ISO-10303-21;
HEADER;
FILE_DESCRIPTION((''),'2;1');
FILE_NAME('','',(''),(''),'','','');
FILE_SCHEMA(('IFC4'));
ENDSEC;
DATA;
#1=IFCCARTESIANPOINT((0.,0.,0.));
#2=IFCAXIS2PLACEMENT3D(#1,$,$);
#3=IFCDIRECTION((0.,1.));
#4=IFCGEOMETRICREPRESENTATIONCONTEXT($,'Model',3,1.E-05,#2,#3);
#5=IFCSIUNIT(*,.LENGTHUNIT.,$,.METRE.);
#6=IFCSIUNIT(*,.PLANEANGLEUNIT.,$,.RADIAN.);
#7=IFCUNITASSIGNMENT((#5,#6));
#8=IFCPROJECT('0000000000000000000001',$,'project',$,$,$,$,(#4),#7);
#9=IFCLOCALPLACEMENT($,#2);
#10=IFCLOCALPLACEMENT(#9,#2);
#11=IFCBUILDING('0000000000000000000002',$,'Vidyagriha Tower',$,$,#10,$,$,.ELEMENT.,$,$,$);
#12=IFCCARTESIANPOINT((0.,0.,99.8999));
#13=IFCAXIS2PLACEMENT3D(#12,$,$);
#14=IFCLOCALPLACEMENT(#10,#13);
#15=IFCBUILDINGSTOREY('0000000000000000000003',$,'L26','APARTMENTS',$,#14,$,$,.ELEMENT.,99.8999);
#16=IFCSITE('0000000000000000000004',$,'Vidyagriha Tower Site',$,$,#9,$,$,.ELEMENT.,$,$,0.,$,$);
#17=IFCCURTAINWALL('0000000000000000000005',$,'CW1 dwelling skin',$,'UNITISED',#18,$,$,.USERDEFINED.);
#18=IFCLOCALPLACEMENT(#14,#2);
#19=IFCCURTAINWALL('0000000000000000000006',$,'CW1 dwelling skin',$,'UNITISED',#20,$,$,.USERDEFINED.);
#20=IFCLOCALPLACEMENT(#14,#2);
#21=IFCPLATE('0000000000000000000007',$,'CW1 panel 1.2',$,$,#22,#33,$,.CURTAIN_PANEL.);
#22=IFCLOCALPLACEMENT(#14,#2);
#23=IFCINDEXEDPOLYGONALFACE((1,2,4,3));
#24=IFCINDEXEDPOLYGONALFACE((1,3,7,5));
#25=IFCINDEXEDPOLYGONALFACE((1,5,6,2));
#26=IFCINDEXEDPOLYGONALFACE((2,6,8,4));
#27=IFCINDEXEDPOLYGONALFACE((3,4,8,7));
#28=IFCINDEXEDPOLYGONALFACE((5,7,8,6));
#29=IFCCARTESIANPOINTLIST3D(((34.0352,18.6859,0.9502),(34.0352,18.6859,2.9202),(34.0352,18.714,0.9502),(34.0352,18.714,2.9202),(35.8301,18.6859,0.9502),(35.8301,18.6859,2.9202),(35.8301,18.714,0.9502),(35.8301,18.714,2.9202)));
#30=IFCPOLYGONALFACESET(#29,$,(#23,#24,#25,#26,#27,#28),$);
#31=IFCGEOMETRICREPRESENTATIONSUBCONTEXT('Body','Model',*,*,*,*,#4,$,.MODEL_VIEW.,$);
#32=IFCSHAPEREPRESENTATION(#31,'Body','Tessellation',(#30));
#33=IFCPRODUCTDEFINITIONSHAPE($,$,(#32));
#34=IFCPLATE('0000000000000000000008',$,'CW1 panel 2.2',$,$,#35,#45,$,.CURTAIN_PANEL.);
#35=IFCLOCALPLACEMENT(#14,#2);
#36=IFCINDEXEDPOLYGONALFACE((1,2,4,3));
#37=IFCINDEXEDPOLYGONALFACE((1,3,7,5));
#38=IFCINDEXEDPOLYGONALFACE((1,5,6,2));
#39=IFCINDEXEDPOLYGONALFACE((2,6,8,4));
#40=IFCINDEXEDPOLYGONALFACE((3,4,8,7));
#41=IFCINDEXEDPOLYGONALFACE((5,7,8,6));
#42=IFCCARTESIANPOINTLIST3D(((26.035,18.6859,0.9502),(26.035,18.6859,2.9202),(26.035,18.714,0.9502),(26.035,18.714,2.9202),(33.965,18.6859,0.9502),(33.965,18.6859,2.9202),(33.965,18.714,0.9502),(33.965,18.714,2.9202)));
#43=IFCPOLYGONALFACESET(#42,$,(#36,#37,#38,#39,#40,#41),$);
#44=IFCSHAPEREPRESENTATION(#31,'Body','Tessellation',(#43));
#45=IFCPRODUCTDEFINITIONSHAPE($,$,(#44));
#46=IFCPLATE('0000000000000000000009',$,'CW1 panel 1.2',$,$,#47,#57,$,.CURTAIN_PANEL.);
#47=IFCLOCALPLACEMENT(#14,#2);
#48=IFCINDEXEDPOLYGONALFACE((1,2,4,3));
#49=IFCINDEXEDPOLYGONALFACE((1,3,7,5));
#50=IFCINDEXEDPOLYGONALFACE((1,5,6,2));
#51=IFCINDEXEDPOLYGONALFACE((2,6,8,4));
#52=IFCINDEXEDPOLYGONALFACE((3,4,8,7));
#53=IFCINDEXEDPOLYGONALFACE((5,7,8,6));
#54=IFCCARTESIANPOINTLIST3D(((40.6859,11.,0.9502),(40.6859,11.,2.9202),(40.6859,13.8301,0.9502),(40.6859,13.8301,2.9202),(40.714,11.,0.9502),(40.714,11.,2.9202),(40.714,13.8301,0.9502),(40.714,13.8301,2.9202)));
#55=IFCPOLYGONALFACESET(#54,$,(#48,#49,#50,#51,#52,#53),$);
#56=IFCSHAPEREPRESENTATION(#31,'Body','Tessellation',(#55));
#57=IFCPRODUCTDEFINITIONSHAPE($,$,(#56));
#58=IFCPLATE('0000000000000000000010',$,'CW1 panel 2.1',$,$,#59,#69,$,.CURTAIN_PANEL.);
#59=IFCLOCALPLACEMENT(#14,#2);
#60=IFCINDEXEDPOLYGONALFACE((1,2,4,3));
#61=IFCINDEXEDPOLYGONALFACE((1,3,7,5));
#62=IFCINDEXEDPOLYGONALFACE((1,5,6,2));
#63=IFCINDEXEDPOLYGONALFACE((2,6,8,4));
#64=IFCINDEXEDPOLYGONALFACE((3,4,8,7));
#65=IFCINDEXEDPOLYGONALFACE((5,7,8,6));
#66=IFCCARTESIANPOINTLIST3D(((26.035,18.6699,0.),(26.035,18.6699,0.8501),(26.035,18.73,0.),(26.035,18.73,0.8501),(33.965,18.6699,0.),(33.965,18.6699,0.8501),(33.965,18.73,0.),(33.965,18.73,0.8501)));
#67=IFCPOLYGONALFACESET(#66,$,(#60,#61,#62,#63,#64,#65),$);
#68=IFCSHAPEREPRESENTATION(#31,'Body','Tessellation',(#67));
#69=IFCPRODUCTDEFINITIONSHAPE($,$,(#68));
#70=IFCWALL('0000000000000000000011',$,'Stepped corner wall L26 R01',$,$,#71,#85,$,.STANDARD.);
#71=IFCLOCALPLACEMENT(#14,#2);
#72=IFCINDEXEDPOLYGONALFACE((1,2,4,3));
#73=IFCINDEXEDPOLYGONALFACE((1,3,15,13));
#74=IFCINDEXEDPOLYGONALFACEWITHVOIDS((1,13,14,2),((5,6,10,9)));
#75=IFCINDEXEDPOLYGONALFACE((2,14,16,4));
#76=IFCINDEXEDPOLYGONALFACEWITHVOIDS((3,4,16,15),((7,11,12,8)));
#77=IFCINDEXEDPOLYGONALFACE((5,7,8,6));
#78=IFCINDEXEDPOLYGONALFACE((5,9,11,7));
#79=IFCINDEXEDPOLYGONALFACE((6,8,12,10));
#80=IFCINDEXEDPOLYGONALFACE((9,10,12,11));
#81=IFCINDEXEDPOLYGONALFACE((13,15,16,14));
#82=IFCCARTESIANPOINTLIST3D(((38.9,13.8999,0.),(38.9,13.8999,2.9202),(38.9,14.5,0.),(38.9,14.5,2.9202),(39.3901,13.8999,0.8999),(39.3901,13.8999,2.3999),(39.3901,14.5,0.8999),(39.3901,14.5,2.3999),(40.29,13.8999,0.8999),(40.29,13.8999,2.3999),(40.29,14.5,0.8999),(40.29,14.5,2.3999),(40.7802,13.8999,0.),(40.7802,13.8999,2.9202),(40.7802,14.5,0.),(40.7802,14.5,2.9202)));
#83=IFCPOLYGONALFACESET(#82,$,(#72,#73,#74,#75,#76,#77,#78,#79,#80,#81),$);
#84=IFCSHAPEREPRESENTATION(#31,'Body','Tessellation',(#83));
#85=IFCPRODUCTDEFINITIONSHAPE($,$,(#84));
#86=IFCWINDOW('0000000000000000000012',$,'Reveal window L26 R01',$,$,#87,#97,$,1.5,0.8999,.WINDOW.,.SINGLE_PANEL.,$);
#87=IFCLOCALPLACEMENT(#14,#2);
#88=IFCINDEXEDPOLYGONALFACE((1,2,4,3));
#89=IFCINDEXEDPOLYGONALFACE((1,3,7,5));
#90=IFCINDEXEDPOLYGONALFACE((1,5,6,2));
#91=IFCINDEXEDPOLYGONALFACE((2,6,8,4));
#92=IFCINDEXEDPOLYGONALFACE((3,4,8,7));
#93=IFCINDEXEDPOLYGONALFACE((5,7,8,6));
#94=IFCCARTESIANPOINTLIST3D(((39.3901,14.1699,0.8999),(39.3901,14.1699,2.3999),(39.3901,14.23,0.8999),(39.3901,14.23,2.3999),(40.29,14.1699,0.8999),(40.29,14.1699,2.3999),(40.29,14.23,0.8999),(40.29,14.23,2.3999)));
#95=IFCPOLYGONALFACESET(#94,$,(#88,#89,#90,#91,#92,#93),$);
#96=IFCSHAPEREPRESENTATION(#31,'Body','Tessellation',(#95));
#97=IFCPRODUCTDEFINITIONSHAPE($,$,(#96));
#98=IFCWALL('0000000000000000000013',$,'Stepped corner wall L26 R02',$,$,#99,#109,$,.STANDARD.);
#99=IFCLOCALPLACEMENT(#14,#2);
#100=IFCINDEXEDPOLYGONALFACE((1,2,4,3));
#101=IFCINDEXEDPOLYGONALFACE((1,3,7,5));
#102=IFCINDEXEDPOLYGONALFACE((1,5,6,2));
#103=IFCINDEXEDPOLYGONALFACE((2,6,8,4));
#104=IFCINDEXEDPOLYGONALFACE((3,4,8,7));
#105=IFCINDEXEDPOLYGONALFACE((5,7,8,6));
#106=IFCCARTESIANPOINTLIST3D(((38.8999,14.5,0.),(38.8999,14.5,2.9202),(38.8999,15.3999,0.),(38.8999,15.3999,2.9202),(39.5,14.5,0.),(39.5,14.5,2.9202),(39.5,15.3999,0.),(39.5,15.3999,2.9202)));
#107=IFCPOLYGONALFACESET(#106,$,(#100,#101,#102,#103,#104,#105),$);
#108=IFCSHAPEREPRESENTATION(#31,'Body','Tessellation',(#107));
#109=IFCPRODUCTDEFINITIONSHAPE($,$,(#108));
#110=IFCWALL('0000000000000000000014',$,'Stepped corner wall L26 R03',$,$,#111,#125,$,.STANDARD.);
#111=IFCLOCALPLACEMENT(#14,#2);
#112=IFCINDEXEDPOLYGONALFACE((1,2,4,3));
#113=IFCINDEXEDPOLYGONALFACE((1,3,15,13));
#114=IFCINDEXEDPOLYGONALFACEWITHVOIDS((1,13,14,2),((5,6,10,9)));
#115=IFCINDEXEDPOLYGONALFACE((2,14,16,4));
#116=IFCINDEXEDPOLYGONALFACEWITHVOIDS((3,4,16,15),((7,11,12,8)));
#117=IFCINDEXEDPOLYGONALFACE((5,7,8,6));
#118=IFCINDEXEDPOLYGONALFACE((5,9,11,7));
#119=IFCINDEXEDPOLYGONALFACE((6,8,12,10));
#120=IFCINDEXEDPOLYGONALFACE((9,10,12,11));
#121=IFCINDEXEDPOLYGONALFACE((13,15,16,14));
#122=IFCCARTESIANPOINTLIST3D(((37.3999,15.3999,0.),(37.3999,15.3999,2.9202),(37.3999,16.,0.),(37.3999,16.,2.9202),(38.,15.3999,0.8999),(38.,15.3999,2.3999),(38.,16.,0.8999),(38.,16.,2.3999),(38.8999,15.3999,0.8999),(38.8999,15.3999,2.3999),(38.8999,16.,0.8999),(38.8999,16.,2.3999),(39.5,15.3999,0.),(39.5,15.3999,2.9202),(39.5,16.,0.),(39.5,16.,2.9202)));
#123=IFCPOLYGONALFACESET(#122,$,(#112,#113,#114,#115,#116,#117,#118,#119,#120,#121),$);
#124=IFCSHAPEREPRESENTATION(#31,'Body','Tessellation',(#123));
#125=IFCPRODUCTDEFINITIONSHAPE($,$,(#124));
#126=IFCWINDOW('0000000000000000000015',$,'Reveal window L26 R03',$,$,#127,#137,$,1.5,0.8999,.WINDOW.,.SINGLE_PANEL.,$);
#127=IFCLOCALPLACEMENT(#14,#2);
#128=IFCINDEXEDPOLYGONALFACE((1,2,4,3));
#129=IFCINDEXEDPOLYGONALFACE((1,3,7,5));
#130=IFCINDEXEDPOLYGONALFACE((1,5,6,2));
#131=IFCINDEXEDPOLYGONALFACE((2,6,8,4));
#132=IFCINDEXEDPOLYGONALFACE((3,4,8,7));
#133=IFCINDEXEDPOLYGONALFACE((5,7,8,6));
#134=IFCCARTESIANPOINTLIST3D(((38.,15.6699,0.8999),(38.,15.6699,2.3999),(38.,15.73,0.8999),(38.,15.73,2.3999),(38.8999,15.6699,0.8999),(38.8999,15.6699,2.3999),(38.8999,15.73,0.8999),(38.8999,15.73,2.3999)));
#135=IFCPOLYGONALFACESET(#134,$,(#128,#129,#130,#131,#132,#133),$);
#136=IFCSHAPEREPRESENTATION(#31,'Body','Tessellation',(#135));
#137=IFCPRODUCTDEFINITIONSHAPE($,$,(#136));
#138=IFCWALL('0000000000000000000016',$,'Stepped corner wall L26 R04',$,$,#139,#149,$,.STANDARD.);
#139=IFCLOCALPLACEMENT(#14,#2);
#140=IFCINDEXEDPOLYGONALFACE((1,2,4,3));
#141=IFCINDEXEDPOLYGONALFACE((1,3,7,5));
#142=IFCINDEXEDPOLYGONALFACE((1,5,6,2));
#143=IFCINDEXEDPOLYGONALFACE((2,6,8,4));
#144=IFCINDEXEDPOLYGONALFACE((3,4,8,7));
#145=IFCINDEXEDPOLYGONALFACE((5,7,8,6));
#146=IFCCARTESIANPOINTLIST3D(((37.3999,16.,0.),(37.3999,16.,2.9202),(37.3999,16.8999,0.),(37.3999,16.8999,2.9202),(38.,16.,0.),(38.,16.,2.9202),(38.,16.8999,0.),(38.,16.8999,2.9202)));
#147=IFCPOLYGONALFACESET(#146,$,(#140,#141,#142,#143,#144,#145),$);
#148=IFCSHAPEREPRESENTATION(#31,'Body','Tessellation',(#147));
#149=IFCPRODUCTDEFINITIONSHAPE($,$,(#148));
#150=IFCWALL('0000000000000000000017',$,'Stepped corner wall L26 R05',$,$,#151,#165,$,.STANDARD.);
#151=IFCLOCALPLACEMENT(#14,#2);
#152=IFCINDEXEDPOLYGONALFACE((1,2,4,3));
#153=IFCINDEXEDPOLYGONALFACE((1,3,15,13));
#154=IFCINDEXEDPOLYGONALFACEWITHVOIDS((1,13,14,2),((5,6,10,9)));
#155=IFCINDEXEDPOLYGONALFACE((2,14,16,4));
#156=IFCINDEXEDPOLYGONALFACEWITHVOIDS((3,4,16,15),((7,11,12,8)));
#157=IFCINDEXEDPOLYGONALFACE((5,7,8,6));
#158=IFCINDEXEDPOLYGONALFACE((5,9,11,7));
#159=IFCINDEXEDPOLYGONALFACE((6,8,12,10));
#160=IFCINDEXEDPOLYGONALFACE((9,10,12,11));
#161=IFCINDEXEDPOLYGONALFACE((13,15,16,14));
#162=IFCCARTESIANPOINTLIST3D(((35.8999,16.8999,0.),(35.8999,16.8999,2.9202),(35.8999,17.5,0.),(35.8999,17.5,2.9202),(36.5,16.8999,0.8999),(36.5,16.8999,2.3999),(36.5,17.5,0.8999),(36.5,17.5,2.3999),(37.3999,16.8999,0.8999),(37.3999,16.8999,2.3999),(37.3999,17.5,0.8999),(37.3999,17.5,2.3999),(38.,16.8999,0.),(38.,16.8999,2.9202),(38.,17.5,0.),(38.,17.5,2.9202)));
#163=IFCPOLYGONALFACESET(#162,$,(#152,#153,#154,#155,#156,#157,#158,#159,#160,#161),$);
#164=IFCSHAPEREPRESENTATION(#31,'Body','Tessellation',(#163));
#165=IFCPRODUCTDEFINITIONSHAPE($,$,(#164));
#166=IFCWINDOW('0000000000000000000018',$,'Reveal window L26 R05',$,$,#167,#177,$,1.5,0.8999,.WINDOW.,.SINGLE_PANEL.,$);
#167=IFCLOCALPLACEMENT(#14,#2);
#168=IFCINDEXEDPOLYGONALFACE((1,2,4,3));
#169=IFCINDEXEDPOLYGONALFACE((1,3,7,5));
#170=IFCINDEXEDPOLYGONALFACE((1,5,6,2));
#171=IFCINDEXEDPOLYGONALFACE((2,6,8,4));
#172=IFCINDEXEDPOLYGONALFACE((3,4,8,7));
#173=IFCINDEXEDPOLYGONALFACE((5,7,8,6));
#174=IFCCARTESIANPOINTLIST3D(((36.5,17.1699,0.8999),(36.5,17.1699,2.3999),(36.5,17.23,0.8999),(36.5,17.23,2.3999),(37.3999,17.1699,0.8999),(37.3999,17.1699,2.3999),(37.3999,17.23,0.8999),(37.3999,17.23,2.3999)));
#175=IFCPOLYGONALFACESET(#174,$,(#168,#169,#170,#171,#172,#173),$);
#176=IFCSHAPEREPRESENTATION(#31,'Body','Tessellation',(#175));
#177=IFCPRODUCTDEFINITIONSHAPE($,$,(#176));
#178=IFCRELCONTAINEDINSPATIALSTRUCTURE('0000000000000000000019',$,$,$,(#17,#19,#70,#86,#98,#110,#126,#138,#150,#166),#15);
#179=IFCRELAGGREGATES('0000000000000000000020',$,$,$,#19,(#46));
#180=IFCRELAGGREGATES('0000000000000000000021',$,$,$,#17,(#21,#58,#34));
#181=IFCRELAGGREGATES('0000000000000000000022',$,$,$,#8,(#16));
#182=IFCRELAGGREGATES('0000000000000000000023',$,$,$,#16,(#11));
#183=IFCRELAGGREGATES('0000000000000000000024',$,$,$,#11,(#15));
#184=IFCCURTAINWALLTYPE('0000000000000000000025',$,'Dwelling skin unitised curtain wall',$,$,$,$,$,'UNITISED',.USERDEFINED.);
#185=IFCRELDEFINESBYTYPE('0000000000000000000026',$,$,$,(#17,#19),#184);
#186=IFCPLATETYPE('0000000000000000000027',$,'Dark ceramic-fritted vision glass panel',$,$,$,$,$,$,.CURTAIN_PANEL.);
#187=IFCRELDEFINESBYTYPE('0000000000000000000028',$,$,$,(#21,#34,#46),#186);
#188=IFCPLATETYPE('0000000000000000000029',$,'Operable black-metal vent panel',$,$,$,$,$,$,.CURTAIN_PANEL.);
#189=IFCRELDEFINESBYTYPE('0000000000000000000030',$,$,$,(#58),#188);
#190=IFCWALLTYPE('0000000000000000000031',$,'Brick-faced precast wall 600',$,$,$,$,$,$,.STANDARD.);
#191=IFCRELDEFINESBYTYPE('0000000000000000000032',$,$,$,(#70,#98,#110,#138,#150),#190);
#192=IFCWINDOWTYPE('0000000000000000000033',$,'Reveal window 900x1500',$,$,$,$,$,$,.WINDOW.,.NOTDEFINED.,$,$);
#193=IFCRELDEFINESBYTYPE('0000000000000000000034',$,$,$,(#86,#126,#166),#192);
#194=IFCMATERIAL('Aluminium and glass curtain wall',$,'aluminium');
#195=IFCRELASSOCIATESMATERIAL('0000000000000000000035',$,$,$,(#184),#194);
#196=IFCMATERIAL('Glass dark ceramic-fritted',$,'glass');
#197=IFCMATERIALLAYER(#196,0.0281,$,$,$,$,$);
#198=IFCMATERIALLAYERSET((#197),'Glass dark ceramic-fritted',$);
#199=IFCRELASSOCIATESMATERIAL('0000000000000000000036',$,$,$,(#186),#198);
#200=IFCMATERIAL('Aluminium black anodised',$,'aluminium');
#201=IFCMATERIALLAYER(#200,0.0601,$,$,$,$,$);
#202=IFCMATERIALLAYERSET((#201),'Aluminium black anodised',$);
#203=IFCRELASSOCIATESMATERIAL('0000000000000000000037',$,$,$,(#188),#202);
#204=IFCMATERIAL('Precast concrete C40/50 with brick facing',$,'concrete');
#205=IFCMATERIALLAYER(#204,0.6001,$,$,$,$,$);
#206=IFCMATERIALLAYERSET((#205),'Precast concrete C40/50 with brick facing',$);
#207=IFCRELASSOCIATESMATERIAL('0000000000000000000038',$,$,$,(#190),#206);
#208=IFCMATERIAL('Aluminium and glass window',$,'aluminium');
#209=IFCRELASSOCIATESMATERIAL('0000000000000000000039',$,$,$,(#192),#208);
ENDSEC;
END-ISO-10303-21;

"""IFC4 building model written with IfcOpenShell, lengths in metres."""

from ifc_helpers import new_model, si_unit, direction, frame, frame_2d, origin, origin_2d, place, context, subcontext, project, spatial, rectangle, extrude, material, layer, layer_set, type_object, element, fill, aggregate, save


model = new_model("IFC4")

# Units and contexts
model_context = context("Model", 3, precision=1e-05, world=origin(), true_north=direction((0.0, 1.0)))
body_context = subcontext(model_context, "Body", "Model", "MODEL_VIEW")
ifc_project = project(units=[si_unit("LENGTHUNIT", "METRE"), si_unit("PLANEANGLEUNIT", "RADIAN")], contexts=[model_context])

# Site, building, storey
site_placement = place(None, origin())
site = spatial("IfcSite", under=ifc_project, at=site_placement, Name="Vidyagriha Tower Site", CompositionType="ELEMENT", RefElevation=0.0)
building_placement = place(site_placement, origin())
building = spatial("IfcBuilding", under=site, at=building_placement, Name="Vidyagriha Tower", CompositionType="ELEMENT")
storey_placement = place(building_placement, frame((0.0, 0.0, 99.8999)))
storey = spatial("IfcBuildingStorey", under=building, at=storey_placement, Name="L26", Description="APARTMENTS", CompositionType="ELEMENT", Elevation=99.8999)

# Curtain wall
ifc_material_1 = material(Name="Aluminium and glass curtain wall", Category="aluminium")
curtain_wall_type = type_object("IfcCurtainWallType", Name="Dwelling skin unitised curtain wall", ElementType="UNITISED", PredefinedType="USERDEFINED", material=ifc_material_1)
curtain_wall_1_placement = place(storey_placement, origin())
curtain_wall_1 = element("IfcCurtainWall", 1, at=curtain_wall_1_placement, inside=storey, type_object=curtain_wall_type, Name="CW1 dwelling skin", ObjectType="UNITISED", PredefinedType="USERDEFINED")

# Curtain wall
curtain_wall_2_placement = place(storey_placement, origin())
curtain_wall_2 = element("IfcCurtainWall", 2, at=curtain_wall_2_placement, inside=storey, type_object=curtain_wall_type, Name="CW1 dwelling skin", ObjectType="UNITISED", PredefinedType="USERDEFINED")

# Plates
ifc_material_2 = material(Name="Glass dark ceramic-fritted", Category="glass")
ifc_layer_1 = layer(ifc_material_2, 0.0281)
ifc_layer_set_1 = layer_set([ifc_layer_1], Name="Glass dark ceramic-fritted")
plate_type_1 = type_object("IfcPlateType", Name="Dark ceramic-fritted vision glass panel", PredefinedType="CURTAIN_PANEL", material=ifc_layer_set_1)
plate_1_placement = place(storey_placement, frame((34.9326, 18.7, 0.9502), z_axis=(0.0, 0.0, 1.0), x_axis=(-1.0, 0.0, 0.0)))
plate_1 = element("IfcPlate", 3, at=plate_1_placement, type_object=plate_type_1, Name="CW1 panel 1.2", PredefinedType="CURTAIN_PANEL", context=body_context, shape_type="SweptSolid", body=[
    extrude(rectangle(XDim=1.7949, YDim=0.0281, at=origin_2d()), origin(), (0.0, 0.0, 1.0), 1.97),
])
plate_2_placement = place(storey_placement, frame((30.0, 18.7, 0.9502), z_axis=(0.0, 0.0, 1.0), x_axis=(-1.0, 0.0, 0.0)))
plate_2 = element("IfcPlate", 4, at=plate_2_placement, type_object=plate_type_1, Name="CW1 panel 2.2", PredefinedType="CURTAIN_PANEL", context=body_context, shape_type="SweptSolid", body=[
    extrude(rectangle(XDim=7.9299, YDim=0.0281, at=origin_2d()), origin(), (0.0, 0.0, 1.0), 1.97),
])
plate_3_placement = place(storey_placement, frame((40.7, 12.415, 0.9502), z_axis=(0.0, 0.0, 1.0), x_axis=(0.0, 1.0, 0.0)))
plate_3 = element("IfcPlate", 5, at=plate_3_placement, type_object=plate_type_1, Name="CW1 panel 1.2", PredefinedType="CURTAIN_PANEL", context=body_context, shape_type="SweptSolid", body=[
    extrude(rectangle(XDim=2.8301, YDim=0.0281, at=origin_2d()), origin(), (0.0, 0.0, 1.0), 1.97),
])
aggregate(curtain_wall_2, [plate_3])
ifc_material_3 = material(Name="Aluminium black anodised", Category="aluminium")
ifc_layer_2 = layer(ifc_material_3, 0.0601)
ifc_layer_set_2 = layer_set([ifc_layer_2], Name="Aluminium black anodised")
plate_type_2 = type_object("IfcPlateType", Name="Operable black-metal vent panel", PredefinedType="CURTAIN_PANEL", material=ifc_layer_set_2)
plate_4_placement = place(storey_placement, frame((30.0, 18.7, 0.0), z_axis=(0.0, 0.0, 1.0), x_axis=(-1.0, 0.0, 0.0)))
plate_4 = element("IfcPlate", 6, at=plate_4_placement, type_object=plate_type_2, Name="CW1 panel 2.1", PredefinedType="CURTAIN_PANEL", context=body_context, shape_type="SweptSolid", body=[
    extrude(rectangle(XDim=7.9299, YDim=0.0601, at=origin_2d()), origin(), (0.0, 0.0, 1.0), 0.8501),
])
aggregate(curtain_wall_1, [plate_1, plate_4, plate_2])

# Wall, opening, window
ifc_material_4 = material(Name="Precast concrete C40/50 with brick facing", Category="concrete")
ifc_layer_3 = layer(ifc_material_4, 0.6001)
ifc_layer_set_3 = layer_set([ifc_layer_3], Name="Precast concrete C40/50 with brick facing")
wall_type_1 = type_object("IfcWallType", Name="Brick-faced precast wall 600", PredefinedType="STANDARD", material=ifc_layer_set_3)
wall_1_placement = place(storey_placement, frame((40.78, 14.2, 0.0), z_axis=(0.0, 0.0, 1.0), x_axis=(-1.0, 0.0, 0.0)))
wall_1 = element("IfcWall", 7, at=wall_1_placement, inside=storey, type_object=wall_type_1, Name="Stepped corner wall L26 R01", PredefinedType="STANDARD", context=body_context, shape_type="SweptSolid", body=[
    extrude(rectangle(XDim=1.8801, YDim=0.6001, at=frame_2d((0.9399, 0.0))), origin(), (0.0, 0.0, 1.0), 2.9202),
])
opening_1_placement = place(wall_1_placement, frame((0.49, 0.0, 0.8999)))
opening_1 = element("IfcOpeningElement", 8, at=opening_1_placement, cuts=wall_1, PredefinedType="OPENING", context=body_context, shape_type="SweptSolid", body=[
    extrude(rectangle(XDim=0.8999, YDim=1.5, at=frame_2d((0.45, 0.75))), frame((0.0, 0.3101, 0.0), z_axis=(0.0, -1.0, 0.0), x_axis=(1.0, 0.0, 0.0)), (0.0, 0.0, 1.0), 0.6201),
])
ifc_material_5 = material(Name="Aluminium and glass window", Category="aluminium")
window_type = type_object("IfcWindowType", Name="Reveal window 900x1500", PartitioningType="NOTDEFINED", PredefinedType="WINDOW", material=ifc_material_5)
window_1_placement = place(opening_1_placement, origin())
window_1 = element("IfcWindow", 9, at=window_1_placement, inside=storey, type_object=window_type, Name="Reveal window L26 R01", OverallHeight=1.5, OverallWidth=0.8999, PartitioningType="SINGLE_PANEL", PredefinedType="WINDOW", context=body_context, shape_type="SweptSolid", body=[
    extrude(rectangle(XDim=0.8999, YDim=1.5, at=frame_2d((0.45, 0.75))), frame((0.0, 0.03, 0.0), z_axis=(0.0, -1.0, 0.0), x_axis=(1.0, 0.0, 0.0)), (0.0, 0.0, 1.0), 0.0601),
])
fill(opening_1, window_1)

# Wall
wall_2_placement = place(storey_placement, frame((39.2, 14.5, 0.0), z_axis=(0.0, 0.0, 1.0), x_axis=(0.0, 1.0, 0.0)))
element("IfcWall", 10, at=wall_2_placement, inside=storey, type_object=wall_type_1, Name="Stepped corner wall L26 R02", PredefinedType="STANDARD", context=body_context, shape_type="SweptSolid", body=[
    extrude(rectangle(XDim=0.8999, YDim=0.6001, at=frame_2d((0.45, 0.0))), origin(), (0.0, 0.0, 1.0), 2.9202),
])

# Wall, opening, window
wall_3_placement = place(storey_placement, frame((39.5, 15.7, 0.0), z_axis=(0.0, 0.0, 1.0), x_axis=(-1.0, 0.0, 0.0)))
wall_3 = element("IfcWall", 11, at=wall_3_placement, inside=storey, type_object=wall_type_1, Name="Stepped corner wall L26 R03", PredefinedType="STANDARD", context=body_context, shape_type="SweptSolid", body=[
    extrude(rectangle(XDim=2.1001, YDim=0.6001, at=frame_2d((1.05, 0.0))), origin(), (0.0, 0.0, 1.0), 2.9202),
])
opening_2_placement = place(wall_3_placement, frame((0.6001, 0.0, 0.8999)))
opening_2 = element("IfcOpeningElement", 12, at=opening_2_placement, cuts=wall_3, PredefinedType="OPENING", context=body_context, shape_type="SweptSolid", body=[
    extrude(rectangle(XDim=0.8999, YDim=1.5, at=frame_2d((0.45, 0.75))), frame((0.0, 0.3101, 0.0), z_axis=(0.0, -1.0, 0.0), x_axis=(1.0, 0.0, 0.0)), (0.0, 0.0, 1.0), 0.6201),
])
window_2_placement = place(opening_2_placement, origin())
window_2 = element("IfcWindow", 13, at=window_2_placement, inside=storey, type_object=window_type, Name="Reveal window L26 R03", OverallHeight=1.5, OverallWidth=0.8999, PartitioningType="SINGLE_PANEL", PredefinedType="WINDOW", context=body_context, shape_type="SweptSolid", body=[
    extrude(rectangle(XDim=0.8999, YDim=1.5, at=frame_2d((0.45, 0.75))), frame((0.0, 0.03, 0.0), z_axis=(0.0, -1.0, 0.0), x_axis=(1.0, 0.0, 0.0)), (0.0, 0.0, 1.0), 0.0601),
])
fill(opening_2, window_2)

# Wall
wall_4_placement = place(storey_placement, frame((37.7, 16.0, 0.0), z_axis=(0.0, 0.0, 1.0), x_axis=(0.0, 1.0, 0.0)))
element("IfcWall", 14, at=wall_4_placement, inside=storey, type_object=wall_type_1, Name="Stepped corner wall L26 R04", PredefinedType="STANDARD", context=body_context, shape_type="SweptSolid", body=[
    extrude(rectangle(XDim=0.8999, YDim=0.6001, at=frame_2d((0.45, 0.0))), origin(), (0.0, 0.0, 1.0), 2.9202),
])

# Wall, opening, window
wall_5_placement = place(storey_placement, frame((38.0, 17.2, 0.0), z_axis=(0.0, 0.0, 1.0), x_axis=(-1.0, 0.0, 0.0)))
wall_5 = element("IfcWall", 15, at=wall_5_placement, inside=storey, type_object=wall_type_1, Name="Stepped corner wall L26 R05", PredefinedType="STANDARD", context=body_context, shape_type="SweptSolid", body=[
    extrude(rectangle(XDim=2.1001, YDim=0.6001, at=frame_2d((1.05, 0.0))), origin(), (0.0, 0.0, 1.0), 2.9202),
])
opening_3_placement = place(wall_5_placement, frame((0.6001, 0.0, 0.8999)))
opening_3 = element("IfcOpeningElement", 16, at=opening_3_placement, cuts=wall_5, PredefinedType="OPENING", context=body_context, shape_type="SweptSolid", body=[
    extrude(rectangle(XDim=0.8999, YDim=1.5, at=frame_2d((0.45, 0.75))), frame((0.0, 0.3101, 0.0), z_axis=(0.0, -1.0, 0.0), x_axis=(1.0, 0.0, 0.0)), (0.0, 0.0, 1.0), 0.6201),
])
window_3_placement = place(opening_3_placement, origin())
window_3 = element("IfcWindow", 17, at=window_3_placement, inside=storey, type_object=window_type, Name="Reveal window L26 R05", OverallHeight=1.5, OverallWidth=0.8999, PartitioningType="SINGLE_PANEL", PredefinedType="WINDOW", context=body_context, shape_type="SweptSolid", body=[
    extrude(rectangle(XDim=0.8999, YDim=1.5, at=frame_2d((0.45, 0.75))), frame((0.0, 0.03, 0.0), z_axis=(0.0, -1.0, 0.0), x_axis=(1.0, 0.0, 0.0)), (0.0, 0.0, 1.0), 0.0601),
])
fill(opening_3, window_3)

save(model, "model.ifc")
